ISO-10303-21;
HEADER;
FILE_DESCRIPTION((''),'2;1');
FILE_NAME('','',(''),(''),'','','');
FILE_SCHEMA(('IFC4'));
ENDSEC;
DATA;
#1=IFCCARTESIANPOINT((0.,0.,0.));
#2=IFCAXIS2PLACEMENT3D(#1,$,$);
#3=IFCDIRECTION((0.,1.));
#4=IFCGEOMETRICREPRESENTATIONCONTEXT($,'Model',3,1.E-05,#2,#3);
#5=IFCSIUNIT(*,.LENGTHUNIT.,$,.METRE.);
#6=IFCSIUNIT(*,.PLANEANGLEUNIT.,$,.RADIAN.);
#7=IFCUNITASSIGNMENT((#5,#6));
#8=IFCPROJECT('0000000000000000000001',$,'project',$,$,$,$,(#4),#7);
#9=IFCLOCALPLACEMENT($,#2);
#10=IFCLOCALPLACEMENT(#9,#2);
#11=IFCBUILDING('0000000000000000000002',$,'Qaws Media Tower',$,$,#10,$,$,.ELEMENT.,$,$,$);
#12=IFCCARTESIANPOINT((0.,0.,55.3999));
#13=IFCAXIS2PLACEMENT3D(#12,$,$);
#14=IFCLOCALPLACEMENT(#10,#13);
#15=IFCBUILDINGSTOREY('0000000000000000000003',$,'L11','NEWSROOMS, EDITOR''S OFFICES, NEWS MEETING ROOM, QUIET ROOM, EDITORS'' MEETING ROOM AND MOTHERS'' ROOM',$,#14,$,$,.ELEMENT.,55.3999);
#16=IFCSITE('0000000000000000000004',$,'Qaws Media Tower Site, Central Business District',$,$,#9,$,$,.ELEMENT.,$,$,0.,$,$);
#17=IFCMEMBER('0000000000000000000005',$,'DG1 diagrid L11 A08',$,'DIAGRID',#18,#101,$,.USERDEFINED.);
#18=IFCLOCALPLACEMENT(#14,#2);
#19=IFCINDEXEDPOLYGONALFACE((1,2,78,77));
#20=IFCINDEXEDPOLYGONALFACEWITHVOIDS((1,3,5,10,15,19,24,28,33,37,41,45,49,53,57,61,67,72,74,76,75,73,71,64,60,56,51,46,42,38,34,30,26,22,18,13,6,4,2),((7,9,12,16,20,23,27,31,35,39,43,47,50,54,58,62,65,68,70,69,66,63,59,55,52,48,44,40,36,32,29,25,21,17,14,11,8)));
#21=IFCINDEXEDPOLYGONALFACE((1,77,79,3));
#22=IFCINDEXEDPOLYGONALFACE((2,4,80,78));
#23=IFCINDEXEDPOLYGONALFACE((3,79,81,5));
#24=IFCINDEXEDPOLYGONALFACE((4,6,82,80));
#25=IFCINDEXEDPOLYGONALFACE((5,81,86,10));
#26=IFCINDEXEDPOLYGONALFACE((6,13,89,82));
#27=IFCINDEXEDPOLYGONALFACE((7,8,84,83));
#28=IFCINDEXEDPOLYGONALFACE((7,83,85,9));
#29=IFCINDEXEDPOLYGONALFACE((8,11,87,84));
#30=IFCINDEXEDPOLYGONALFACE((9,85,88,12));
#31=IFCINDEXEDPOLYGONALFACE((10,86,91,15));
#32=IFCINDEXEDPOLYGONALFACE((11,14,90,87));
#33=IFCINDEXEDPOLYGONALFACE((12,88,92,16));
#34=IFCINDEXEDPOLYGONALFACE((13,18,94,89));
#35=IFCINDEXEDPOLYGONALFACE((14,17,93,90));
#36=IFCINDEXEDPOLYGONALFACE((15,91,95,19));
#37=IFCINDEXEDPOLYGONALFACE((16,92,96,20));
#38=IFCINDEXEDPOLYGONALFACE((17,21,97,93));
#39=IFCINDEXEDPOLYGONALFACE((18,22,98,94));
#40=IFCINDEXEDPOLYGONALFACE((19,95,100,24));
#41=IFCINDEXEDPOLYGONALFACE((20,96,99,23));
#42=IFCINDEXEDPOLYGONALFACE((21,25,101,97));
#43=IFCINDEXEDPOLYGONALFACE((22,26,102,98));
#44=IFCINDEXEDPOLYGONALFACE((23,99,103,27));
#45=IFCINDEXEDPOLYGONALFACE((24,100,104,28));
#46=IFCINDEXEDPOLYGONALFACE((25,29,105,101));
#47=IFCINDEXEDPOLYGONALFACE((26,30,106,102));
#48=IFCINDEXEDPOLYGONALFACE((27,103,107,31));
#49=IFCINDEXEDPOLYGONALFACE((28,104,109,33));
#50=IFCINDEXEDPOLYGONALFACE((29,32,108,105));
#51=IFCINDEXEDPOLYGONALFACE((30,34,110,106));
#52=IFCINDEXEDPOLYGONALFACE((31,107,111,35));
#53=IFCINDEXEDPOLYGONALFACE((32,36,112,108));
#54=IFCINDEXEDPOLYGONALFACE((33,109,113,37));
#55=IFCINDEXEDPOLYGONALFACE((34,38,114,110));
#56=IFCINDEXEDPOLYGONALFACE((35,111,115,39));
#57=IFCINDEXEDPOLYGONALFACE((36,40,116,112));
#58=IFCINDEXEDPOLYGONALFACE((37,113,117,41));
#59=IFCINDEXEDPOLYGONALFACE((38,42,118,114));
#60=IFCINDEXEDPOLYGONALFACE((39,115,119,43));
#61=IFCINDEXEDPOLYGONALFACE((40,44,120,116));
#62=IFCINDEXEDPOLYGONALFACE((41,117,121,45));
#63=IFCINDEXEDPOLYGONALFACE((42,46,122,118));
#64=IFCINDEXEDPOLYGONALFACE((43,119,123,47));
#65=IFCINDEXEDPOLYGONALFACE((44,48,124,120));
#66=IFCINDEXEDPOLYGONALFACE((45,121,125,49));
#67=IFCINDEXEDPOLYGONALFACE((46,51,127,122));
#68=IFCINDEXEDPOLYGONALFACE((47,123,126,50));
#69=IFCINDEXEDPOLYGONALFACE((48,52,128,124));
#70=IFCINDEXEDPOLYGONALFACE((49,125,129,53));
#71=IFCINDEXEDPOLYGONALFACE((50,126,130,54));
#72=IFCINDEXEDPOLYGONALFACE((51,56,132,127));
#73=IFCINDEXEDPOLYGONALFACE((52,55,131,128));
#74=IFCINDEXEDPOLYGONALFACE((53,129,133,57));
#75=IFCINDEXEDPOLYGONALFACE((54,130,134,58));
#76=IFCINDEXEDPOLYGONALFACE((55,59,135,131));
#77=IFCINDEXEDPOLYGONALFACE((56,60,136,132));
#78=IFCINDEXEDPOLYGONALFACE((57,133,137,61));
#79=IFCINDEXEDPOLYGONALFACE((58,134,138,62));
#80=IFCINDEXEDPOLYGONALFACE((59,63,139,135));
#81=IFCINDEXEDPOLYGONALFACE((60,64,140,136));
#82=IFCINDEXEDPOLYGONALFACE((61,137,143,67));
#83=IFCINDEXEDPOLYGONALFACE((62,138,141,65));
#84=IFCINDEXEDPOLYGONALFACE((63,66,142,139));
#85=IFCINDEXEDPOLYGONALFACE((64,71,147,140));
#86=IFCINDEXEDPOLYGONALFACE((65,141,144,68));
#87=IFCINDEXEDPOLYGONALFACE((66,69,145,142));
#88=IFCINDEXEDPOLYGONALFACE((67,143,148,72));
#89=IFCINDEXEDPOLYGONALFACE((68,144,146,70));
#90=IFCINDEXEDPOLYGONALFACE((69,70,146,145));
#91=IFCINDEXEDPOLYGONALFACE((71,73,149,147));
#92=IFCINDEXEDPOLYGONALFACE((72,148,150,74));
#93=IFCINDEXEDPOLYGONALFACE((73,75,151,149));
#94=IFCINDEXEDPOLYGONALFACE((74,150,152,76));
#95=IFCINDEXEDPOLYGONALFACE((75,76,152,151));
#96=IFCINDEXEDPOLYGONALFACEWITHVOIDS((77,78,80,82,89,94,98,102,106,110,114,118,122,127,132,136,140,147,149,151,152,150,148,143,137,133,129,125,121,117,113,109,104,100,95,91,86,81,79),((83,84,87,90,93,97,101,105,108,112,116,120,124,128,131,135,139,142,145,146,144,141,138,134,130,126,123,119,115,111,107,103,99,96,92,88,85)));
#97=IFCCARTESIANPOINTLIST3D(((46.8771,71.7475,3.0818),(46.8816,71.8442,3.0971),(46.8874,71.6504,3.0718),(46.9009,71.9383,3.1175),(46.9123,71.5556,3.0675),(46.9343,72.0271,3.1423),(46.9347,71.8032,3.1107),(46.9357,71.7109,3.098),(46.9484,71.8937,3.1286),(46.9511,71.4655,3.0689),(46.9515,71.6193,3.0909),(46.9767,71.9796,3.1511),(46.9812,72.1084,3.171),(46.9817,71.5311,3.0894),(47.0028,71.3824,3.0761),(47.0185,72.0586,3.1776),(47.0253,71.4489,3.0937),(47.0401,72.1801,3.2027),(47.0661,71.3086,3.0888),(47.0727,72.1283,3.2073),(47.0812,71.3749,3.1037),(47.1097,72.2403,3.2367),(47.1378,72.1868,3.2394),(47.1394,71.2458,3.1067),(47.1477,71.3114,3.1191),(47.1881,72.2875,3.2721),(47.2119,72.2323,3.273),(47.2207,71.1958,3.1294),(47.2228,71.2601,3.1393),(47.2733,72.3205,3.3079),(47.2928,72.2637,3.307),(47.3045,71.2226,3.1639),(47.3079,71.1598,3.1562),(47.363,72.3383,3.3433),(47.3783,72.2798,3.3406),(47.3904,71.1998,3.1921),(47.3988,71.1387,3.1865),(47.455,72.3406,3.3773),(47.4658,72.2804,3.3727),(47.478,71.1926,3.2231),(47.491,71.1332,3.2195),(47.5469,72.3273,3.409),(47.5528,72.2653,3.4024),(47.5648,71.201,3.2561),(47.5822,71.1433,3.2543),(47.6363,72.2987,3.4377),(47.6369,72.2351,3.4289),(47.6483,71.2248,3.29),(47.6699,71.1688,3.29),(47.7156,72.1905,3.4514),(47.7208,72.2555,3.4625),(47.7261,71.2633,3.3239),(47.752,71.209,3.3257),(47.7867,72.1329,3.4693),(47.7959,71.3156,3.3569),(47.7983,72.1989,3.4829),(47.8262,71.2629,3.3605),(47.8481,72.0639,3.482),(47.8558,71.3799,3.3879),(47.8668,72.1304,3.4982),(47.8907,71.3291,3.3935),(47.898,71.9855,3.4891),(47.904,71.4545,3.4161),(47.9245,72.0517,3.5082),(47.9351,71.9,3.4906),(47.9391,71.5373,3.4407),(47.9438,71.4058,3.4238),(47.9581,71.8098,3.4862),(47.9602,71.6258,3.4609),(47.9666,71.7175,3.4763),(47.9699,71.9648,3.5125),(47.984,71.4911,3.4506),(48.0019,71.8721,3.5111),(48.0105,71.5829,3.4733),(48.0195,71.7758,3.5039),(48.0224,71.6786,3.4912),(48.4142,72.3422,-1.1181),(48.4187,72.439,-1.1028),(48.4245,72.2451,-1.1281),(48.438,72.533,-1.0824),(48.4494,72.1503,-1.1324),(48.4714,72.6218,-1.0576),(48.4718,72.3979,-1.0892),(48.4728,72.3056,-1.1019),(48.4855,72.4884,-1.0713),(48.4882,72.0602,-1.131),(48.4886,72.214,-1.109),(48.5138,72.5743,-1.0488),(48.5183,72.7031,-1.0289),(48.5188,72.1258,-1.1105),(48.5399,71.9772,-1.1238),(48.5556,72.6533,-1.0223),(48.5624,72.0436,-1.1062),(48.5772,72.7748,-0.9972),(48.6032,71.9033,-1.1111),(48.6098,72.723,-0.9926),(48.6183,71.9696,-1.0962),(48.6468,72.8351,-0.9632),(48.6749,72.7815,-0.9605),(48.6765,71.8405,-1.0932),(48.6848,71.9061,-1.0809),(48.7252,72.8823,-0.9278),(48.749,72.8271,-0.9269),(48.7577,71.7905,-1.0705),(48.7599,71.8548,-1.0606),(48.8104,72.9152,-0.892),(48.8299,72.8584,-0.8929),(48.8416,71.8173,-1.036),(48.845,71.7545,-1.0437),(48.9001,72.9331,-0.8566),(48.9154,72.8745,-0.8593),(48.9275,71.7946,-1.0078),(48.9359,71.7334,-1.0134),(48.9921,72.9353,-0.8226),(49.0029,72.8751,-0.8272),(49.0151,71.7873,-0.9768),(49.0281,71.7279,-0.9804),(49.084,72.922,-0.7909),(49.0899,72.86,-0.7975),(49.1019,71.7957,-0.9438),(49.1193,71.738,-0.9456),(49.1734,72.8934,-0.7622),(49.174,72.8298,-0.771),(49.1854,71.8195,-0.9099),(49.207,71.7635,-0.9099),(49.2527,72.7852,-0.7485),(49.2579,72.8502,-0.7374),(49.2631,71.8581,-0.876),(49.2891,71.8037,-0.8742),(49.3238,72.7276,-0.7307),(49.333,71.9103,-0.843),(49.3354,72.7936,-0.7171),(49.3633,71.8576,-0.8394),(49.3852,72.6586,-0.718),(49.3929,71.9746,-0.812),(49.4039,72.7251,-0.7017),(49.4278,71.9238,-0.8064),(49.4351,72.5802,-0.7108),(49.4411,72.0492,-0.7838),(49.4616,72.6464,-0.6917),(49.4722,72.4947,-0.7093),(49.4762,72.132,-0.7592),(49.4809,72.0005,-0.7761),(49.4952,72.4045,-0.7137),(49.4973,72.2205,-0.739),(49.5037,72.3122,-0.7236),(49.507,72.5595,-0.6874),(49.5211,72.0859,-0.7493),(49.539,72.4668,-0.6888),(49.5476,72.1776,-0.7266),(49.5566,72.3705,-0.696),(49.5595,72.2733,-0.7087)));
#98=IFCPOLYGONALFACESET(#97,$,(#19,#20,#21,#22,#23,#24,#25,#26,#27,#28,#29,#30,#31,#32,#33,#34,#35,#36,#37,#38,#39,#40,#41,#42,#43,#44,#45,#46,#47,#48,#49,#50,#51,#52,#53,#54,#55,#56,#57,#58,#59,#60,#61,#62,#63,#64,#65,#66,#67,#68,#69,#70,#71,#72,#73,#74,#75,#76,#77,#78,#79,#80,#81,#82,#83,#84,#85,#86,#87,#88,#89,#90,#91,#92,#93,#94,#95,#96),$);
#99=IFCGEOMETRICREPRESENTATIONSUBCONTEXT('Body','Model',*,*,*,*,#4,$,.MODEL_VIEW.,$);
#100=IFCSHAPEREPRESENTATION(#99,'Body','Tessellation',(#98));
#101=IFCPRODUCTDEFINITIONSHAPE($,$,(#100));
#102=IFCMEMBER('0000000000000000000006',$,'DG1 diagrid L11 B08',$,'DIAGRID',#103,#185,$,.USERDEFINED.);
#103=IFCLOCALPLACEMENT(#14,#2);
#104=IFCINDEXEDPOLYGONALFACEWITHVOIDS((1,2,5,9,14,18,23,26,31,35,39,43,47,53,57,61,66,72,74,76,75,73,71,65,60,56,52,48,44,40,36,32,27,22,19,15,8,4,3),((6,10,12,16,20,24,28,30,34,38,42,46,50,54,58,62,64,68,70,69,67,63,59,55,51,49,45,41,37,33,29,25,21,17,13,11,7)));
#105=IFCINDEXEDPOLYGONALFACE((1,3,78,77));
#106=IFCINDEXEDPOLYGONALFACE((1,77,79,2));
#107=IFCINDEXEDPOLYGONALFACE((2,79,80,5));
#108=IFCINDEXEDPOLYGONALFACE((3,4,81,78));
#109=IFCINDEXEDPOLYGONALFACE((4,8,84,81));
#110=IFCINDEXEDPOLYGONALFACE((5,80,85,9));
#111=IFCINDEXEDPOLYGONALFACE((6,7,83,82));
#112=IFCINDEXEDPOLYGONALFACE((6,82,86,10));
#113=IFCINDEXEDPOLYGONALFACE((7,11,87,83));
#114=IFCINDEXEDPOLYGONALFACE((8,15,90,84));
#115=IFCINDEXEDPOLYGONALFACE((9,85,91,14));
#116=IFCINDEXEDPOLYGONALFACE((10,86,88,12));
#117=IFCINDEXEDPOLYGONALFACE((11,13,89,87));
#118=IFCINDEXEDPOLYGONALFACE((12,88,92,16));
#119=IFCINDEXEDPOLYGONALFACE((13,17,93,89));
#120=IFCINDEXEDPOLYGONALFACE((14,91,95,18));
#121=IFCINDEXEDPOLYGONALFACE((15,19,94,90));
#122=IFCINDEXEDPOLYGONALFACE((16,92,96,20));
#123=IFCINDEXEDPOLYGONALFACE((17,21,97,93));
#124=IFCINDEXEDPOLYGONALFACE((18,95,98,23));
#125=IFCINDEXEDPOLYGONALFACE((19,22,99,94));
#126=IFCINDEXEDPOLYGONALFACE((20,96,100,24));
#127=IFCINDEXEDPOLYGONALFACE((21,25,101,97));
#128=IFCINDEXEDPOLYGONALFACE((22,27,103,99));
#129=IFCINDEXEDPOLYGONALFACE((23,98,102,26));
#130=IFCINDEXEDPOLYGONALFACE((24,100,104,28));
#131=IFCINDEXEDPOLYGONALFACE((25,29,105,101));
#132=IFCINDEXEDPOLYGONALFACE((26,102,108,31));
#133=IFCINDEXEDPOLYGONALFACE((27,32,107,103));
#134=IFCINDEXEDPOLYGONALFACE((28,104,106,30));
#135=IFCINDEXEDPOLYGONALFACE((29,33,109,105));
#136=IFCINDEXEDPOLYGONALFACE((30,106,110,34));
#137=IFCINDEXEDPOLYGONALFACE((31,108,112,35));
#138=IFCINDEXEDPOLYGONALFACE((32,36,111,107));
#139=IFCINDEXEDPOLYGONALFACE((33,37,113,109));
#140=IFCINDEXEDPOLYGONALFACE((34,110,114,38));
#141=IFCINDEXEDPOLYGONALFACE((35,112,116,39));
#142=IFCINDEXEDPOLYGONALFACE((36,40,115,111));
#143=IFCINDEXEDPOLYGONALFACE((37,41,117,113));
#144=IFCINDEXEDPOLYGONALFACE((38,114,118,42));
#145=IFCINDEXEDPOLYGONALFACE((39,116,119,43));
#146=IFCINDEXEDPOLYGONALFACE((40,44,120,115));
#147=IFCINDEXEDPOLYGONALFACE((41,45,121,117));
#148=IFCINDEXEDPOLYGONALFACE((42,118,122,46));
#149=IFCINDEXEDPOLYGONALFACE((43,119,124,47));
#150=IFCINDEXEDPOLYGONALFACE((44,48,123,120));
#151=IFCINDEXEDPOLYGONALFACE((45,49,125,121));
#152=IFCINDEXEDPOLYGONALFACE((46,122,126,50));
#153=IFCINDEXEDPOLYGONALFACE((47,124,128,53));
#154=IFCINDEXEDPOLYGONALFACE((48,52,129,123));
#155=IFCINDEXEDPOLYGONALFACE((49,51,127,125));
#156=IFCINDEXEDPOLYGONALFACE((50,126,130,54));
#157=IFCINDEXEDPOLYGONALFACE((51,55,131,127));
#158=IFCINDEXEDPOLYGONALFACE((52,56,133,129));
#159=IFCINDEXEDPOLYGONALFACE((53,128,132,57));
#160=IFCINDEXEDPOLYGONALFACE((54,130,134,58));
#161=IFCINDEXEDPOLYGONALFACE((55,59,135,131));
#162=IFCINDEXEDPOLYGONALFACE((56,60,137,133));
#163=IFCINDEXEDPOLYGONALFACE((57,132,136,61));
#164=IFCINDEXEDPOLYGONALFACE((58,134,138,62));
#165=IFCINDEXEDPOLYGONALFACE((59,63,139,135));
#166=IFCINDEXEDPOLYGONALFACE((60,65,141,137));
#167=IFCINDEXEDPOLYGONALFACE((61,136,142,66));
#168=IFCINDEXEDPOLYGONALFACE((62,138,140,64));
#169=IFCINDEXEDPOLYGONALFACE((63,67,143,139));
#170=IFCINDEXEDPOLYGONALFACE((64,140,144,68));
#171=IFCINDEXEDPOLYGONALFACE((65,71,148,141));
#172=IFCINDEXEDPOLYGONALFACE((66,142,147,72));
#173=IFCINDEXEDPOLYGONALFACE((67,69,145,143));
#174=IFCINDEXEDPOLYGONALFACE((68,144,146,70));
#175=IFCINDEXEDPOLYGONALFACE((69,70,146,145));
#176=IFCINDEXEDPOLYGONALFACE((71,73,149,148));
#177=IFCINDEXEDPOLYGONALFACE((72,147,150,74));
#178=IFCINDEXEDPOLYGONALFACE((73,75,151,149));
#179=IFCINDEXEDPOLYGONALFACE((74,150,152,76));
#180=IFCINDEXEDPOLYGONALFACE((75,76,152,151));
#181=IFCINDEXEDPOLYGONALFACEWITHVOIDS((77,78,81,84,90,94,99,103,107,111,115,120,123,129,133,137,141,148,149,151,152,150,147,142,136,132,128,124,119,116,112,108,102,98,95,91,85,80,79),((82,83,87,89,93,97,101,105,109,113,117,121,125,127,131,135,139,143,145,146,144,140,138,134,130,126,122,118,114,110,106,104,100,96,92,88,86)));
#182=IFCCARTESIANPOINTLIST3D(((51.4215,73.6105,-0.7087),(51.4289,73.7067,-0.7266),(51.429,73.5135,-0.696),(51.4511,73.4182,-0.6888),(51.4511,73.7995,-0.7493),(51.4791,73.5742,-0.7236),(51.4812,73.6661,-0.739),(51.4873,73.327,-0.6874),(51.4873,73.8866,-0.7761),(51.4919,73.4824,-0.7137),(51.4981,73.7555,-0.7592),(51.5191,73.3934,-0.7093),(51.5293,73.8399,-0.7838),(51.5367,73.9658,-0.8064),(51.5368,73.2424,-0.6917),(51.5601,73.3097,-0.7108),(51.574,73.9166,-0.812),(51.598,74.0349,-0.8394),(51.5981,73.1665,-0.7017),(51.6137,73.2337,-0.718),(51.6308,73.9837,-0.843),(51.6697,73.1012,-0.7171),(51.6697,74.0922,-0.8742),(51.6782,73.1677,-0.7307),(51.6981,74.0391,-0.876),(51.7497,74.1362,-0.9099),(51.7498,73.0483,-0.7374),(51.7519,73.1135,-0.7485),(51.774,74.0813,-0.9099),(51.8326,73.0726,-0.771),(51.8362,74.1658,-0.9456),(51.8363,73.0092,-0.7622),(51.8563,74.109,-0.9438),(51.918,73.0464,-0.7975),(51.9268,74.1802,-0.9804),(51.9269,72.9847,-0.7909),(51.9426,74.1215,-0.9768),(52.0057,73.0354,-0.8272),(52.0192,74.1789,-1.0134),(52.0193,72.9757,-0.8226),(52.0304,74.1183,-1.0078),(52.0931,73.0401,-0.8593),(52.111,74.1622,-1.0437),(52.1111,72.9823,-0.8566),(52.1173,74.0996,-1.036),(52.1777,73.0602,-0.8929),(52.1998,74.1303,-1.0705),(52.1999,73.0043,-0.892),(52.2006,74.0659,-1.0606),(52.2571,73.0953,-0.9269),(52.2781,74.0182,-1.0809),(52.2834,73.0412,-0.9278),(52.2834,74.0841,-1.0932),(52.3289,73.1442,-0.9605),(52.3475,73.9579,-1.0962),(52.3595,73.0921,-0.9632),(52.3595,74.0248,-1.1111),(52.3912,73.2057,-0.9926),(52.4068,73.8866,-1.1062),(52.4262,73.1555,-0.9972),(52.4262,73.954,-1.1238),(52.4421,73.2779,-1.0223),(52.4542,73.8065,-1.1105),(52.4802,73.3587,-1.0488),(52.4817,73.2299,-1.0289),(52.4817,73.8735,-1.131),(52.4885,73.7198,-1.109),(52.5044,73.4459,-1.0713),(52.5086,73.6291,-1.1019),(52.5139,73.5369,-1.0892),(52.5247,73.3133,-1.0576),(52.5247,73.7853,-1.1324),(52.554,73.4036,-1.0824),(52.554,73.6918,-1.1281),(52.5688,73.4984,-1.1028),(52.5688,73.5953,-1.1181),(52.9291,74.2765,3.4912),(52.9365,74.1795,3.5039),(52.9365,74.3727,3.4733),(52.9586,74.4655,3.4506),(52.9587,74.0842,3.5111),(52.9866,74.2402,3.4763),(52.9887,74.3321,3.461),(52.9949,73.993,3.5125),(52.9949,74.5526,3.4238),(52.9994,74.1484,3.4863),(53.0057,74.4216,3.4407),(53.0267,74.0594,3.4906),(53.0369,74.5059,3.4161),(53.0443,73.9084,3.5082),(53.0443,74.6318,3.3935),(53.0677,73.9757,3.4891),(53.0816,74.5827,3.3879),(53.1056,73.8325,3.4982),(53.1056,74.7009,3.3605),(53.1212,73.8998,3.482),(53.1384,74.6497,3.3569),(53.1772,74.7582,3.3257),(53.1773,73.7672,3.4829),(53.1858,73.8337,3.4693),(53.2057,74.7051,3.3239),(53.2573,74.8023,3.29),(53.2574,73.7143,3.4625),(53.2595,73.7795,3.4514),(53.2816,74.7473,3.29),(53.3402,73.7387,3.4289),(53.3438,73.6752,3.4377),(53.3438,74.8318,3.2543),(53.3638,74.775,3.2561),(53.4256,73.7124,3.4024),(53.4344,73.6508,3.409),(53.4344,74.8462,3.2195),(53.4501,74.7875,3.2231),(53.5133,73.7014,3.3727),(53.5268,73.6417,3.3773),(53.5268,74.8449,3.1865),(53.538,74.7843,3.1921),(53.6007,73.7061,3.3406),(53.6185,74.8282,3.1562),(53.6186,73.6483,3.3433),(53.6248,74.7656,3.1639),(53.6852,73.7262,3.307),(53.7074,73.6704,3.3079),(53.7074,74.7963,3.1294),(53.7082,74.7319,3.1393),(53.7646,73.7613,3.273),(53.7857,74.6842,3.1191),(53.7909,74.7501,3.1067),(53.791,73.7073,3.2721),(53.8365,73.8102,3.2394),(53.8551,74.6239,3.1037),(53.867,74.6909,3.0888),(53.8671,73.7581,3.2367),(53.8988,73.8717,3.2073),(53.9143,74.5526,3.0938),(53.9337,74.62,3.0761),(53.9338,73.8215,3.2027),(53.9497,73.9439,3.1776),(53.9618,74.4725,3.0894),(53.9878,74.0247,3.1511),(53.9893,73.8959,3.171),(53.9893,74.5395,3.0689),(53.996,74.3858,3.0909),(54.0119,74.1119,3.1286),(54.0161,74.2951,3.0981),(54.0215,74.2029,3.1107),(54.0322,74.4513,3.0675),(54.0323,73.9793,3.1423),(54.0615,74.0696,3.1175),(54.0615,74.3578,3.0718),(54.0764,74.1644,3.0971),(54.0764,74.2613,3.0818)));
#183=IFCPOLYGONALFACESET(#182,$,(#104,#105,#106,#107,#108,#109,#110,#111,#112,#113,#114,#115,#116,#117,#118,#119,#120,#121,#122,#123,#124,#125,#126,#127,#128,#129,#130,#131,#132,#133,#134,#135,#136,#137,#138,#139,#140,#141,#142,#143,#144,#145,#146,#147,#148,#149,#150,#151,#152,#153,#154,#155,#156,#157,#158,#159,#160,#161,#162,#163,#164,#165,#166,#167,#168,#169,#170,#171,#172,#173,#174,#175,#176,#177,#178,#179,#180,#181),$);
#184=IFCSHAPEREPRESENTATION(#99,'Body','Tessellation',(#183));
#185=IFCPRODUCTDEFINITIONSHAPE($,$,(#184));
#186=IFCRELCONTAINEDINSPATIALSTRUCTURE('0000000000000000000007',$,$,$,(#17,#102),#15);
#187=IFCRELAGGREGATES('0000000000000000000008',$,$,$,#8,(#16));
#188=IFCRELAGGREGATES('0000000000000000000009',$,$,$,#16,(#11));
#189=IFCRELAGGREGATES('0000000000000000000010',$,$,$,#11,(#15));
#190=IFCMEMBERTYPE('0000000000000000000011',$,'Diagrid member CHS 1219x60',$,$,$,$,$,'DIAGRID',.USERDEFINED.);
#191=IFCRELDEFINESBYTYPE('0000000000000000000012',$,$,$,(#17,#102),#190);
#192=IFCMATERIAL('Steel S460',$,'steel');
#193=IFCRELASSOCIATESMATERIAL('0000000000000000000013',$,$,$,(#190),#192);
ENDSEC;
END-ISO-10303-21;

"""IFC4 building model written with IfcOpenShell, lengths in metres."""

from ifc_helpers import new_model, si_unit, direction, frame, origin, origin_2d, place, context, subcontext, project, spatial, hollow_circle, extrude, material, material_profile, profile_set, type_object, element, save


model = new_model("IFC4")

# Units and contexts
model_context = context("Model", 3, precision=1e-05, world=origin(), true_north=direction((0.0, 1.0)))
body_context = subcontext(model_context, "Body", "Model", "MODEL_VIEW")
ifc_project = project(units=[si_unit("LENGTHUNIT", "METRE"), si_unit("PLANEANGLEUNIT", "RADIAN")], contexts=[model_context])

# Site, building, storey
site_placement = place(None, origin())
site = spatial("IfcSite", under=ifc_project, at=site_placement, Name="Qaws Media Tower Site, Central Business District", CompositionType="ELEMENT", RefElevation=0.0)
building_placement = place(site_placement, origin())
building = spatial("IfcBuilding", under=site, at=building_placement, Name="Qaws Media Tower", CompositionType="ELEMENT")
storey_placement = place(building_placement, frame((0.0, 0.0, 55.3999)))
storey = spatial("IfcBuildingStorey", under=building, at=storey_placement, Name="L11", Description="NEWSROOMS, EDITOR'S OFFICES, NEWS MEETING ROOM, QUIET ROOM, EDITORS' MEETING ROOM AND MOTHERS' ROOM", CompositionType="ELEMENT", Elevation=55.3999)

# Members
ifc_material_1 = material(Name="Steel S460", Category="steel")
ifc_material_profile_1 = material_profile(ifc_material_1, hollow_circle(Radius=0.6096, WallThickness=0.0601, at=origin_2d()), Name="CHS 1219x60")
ifc_profile_set_1 = profile_set([ifc_material_profile_1], Name="Steel S460")
member_type_1 = type_object("IfcMemberType", Name="Diagrid member CHS 1219x60", ElementType="DIAGRID", PredefinedType="USERDEFINED", material=ifc_profile_set_1)
for number, where, z_axis, x_axis, name in (
    (1, (48.9871, 72.332, -0.9099), (-0.340689, -0.131817, 0.930889), (0.360844, -0.932626, 0.0), "DG1 diagrid L11 A08"),
    (2, (51.9961, 73.5786, -0.9099), (0.334142, 0.147618, 0.930891), (-0.404103, 0.914713, 0.0), "DG1 diagrid L11 B08"),
):
    element("IfcMember", number, at=place(storey_placement, frame(where, z_axis=z_axis, x_axis=x_axis)), inside=storey, type_object=member_type_1, Name=name, ObjectType="DIAGRID", PredefinedType="USERDEFINED", context=body_context, shape_type="SweptSolid", body=[
        extrude(hollow_circle(Radius=0.6096, WallThickness=0.0601, at=origin_2d()), origin(), (0.0, 0.0, 1.0), 4.5117),
    ])

save(model, "model.ifc")
